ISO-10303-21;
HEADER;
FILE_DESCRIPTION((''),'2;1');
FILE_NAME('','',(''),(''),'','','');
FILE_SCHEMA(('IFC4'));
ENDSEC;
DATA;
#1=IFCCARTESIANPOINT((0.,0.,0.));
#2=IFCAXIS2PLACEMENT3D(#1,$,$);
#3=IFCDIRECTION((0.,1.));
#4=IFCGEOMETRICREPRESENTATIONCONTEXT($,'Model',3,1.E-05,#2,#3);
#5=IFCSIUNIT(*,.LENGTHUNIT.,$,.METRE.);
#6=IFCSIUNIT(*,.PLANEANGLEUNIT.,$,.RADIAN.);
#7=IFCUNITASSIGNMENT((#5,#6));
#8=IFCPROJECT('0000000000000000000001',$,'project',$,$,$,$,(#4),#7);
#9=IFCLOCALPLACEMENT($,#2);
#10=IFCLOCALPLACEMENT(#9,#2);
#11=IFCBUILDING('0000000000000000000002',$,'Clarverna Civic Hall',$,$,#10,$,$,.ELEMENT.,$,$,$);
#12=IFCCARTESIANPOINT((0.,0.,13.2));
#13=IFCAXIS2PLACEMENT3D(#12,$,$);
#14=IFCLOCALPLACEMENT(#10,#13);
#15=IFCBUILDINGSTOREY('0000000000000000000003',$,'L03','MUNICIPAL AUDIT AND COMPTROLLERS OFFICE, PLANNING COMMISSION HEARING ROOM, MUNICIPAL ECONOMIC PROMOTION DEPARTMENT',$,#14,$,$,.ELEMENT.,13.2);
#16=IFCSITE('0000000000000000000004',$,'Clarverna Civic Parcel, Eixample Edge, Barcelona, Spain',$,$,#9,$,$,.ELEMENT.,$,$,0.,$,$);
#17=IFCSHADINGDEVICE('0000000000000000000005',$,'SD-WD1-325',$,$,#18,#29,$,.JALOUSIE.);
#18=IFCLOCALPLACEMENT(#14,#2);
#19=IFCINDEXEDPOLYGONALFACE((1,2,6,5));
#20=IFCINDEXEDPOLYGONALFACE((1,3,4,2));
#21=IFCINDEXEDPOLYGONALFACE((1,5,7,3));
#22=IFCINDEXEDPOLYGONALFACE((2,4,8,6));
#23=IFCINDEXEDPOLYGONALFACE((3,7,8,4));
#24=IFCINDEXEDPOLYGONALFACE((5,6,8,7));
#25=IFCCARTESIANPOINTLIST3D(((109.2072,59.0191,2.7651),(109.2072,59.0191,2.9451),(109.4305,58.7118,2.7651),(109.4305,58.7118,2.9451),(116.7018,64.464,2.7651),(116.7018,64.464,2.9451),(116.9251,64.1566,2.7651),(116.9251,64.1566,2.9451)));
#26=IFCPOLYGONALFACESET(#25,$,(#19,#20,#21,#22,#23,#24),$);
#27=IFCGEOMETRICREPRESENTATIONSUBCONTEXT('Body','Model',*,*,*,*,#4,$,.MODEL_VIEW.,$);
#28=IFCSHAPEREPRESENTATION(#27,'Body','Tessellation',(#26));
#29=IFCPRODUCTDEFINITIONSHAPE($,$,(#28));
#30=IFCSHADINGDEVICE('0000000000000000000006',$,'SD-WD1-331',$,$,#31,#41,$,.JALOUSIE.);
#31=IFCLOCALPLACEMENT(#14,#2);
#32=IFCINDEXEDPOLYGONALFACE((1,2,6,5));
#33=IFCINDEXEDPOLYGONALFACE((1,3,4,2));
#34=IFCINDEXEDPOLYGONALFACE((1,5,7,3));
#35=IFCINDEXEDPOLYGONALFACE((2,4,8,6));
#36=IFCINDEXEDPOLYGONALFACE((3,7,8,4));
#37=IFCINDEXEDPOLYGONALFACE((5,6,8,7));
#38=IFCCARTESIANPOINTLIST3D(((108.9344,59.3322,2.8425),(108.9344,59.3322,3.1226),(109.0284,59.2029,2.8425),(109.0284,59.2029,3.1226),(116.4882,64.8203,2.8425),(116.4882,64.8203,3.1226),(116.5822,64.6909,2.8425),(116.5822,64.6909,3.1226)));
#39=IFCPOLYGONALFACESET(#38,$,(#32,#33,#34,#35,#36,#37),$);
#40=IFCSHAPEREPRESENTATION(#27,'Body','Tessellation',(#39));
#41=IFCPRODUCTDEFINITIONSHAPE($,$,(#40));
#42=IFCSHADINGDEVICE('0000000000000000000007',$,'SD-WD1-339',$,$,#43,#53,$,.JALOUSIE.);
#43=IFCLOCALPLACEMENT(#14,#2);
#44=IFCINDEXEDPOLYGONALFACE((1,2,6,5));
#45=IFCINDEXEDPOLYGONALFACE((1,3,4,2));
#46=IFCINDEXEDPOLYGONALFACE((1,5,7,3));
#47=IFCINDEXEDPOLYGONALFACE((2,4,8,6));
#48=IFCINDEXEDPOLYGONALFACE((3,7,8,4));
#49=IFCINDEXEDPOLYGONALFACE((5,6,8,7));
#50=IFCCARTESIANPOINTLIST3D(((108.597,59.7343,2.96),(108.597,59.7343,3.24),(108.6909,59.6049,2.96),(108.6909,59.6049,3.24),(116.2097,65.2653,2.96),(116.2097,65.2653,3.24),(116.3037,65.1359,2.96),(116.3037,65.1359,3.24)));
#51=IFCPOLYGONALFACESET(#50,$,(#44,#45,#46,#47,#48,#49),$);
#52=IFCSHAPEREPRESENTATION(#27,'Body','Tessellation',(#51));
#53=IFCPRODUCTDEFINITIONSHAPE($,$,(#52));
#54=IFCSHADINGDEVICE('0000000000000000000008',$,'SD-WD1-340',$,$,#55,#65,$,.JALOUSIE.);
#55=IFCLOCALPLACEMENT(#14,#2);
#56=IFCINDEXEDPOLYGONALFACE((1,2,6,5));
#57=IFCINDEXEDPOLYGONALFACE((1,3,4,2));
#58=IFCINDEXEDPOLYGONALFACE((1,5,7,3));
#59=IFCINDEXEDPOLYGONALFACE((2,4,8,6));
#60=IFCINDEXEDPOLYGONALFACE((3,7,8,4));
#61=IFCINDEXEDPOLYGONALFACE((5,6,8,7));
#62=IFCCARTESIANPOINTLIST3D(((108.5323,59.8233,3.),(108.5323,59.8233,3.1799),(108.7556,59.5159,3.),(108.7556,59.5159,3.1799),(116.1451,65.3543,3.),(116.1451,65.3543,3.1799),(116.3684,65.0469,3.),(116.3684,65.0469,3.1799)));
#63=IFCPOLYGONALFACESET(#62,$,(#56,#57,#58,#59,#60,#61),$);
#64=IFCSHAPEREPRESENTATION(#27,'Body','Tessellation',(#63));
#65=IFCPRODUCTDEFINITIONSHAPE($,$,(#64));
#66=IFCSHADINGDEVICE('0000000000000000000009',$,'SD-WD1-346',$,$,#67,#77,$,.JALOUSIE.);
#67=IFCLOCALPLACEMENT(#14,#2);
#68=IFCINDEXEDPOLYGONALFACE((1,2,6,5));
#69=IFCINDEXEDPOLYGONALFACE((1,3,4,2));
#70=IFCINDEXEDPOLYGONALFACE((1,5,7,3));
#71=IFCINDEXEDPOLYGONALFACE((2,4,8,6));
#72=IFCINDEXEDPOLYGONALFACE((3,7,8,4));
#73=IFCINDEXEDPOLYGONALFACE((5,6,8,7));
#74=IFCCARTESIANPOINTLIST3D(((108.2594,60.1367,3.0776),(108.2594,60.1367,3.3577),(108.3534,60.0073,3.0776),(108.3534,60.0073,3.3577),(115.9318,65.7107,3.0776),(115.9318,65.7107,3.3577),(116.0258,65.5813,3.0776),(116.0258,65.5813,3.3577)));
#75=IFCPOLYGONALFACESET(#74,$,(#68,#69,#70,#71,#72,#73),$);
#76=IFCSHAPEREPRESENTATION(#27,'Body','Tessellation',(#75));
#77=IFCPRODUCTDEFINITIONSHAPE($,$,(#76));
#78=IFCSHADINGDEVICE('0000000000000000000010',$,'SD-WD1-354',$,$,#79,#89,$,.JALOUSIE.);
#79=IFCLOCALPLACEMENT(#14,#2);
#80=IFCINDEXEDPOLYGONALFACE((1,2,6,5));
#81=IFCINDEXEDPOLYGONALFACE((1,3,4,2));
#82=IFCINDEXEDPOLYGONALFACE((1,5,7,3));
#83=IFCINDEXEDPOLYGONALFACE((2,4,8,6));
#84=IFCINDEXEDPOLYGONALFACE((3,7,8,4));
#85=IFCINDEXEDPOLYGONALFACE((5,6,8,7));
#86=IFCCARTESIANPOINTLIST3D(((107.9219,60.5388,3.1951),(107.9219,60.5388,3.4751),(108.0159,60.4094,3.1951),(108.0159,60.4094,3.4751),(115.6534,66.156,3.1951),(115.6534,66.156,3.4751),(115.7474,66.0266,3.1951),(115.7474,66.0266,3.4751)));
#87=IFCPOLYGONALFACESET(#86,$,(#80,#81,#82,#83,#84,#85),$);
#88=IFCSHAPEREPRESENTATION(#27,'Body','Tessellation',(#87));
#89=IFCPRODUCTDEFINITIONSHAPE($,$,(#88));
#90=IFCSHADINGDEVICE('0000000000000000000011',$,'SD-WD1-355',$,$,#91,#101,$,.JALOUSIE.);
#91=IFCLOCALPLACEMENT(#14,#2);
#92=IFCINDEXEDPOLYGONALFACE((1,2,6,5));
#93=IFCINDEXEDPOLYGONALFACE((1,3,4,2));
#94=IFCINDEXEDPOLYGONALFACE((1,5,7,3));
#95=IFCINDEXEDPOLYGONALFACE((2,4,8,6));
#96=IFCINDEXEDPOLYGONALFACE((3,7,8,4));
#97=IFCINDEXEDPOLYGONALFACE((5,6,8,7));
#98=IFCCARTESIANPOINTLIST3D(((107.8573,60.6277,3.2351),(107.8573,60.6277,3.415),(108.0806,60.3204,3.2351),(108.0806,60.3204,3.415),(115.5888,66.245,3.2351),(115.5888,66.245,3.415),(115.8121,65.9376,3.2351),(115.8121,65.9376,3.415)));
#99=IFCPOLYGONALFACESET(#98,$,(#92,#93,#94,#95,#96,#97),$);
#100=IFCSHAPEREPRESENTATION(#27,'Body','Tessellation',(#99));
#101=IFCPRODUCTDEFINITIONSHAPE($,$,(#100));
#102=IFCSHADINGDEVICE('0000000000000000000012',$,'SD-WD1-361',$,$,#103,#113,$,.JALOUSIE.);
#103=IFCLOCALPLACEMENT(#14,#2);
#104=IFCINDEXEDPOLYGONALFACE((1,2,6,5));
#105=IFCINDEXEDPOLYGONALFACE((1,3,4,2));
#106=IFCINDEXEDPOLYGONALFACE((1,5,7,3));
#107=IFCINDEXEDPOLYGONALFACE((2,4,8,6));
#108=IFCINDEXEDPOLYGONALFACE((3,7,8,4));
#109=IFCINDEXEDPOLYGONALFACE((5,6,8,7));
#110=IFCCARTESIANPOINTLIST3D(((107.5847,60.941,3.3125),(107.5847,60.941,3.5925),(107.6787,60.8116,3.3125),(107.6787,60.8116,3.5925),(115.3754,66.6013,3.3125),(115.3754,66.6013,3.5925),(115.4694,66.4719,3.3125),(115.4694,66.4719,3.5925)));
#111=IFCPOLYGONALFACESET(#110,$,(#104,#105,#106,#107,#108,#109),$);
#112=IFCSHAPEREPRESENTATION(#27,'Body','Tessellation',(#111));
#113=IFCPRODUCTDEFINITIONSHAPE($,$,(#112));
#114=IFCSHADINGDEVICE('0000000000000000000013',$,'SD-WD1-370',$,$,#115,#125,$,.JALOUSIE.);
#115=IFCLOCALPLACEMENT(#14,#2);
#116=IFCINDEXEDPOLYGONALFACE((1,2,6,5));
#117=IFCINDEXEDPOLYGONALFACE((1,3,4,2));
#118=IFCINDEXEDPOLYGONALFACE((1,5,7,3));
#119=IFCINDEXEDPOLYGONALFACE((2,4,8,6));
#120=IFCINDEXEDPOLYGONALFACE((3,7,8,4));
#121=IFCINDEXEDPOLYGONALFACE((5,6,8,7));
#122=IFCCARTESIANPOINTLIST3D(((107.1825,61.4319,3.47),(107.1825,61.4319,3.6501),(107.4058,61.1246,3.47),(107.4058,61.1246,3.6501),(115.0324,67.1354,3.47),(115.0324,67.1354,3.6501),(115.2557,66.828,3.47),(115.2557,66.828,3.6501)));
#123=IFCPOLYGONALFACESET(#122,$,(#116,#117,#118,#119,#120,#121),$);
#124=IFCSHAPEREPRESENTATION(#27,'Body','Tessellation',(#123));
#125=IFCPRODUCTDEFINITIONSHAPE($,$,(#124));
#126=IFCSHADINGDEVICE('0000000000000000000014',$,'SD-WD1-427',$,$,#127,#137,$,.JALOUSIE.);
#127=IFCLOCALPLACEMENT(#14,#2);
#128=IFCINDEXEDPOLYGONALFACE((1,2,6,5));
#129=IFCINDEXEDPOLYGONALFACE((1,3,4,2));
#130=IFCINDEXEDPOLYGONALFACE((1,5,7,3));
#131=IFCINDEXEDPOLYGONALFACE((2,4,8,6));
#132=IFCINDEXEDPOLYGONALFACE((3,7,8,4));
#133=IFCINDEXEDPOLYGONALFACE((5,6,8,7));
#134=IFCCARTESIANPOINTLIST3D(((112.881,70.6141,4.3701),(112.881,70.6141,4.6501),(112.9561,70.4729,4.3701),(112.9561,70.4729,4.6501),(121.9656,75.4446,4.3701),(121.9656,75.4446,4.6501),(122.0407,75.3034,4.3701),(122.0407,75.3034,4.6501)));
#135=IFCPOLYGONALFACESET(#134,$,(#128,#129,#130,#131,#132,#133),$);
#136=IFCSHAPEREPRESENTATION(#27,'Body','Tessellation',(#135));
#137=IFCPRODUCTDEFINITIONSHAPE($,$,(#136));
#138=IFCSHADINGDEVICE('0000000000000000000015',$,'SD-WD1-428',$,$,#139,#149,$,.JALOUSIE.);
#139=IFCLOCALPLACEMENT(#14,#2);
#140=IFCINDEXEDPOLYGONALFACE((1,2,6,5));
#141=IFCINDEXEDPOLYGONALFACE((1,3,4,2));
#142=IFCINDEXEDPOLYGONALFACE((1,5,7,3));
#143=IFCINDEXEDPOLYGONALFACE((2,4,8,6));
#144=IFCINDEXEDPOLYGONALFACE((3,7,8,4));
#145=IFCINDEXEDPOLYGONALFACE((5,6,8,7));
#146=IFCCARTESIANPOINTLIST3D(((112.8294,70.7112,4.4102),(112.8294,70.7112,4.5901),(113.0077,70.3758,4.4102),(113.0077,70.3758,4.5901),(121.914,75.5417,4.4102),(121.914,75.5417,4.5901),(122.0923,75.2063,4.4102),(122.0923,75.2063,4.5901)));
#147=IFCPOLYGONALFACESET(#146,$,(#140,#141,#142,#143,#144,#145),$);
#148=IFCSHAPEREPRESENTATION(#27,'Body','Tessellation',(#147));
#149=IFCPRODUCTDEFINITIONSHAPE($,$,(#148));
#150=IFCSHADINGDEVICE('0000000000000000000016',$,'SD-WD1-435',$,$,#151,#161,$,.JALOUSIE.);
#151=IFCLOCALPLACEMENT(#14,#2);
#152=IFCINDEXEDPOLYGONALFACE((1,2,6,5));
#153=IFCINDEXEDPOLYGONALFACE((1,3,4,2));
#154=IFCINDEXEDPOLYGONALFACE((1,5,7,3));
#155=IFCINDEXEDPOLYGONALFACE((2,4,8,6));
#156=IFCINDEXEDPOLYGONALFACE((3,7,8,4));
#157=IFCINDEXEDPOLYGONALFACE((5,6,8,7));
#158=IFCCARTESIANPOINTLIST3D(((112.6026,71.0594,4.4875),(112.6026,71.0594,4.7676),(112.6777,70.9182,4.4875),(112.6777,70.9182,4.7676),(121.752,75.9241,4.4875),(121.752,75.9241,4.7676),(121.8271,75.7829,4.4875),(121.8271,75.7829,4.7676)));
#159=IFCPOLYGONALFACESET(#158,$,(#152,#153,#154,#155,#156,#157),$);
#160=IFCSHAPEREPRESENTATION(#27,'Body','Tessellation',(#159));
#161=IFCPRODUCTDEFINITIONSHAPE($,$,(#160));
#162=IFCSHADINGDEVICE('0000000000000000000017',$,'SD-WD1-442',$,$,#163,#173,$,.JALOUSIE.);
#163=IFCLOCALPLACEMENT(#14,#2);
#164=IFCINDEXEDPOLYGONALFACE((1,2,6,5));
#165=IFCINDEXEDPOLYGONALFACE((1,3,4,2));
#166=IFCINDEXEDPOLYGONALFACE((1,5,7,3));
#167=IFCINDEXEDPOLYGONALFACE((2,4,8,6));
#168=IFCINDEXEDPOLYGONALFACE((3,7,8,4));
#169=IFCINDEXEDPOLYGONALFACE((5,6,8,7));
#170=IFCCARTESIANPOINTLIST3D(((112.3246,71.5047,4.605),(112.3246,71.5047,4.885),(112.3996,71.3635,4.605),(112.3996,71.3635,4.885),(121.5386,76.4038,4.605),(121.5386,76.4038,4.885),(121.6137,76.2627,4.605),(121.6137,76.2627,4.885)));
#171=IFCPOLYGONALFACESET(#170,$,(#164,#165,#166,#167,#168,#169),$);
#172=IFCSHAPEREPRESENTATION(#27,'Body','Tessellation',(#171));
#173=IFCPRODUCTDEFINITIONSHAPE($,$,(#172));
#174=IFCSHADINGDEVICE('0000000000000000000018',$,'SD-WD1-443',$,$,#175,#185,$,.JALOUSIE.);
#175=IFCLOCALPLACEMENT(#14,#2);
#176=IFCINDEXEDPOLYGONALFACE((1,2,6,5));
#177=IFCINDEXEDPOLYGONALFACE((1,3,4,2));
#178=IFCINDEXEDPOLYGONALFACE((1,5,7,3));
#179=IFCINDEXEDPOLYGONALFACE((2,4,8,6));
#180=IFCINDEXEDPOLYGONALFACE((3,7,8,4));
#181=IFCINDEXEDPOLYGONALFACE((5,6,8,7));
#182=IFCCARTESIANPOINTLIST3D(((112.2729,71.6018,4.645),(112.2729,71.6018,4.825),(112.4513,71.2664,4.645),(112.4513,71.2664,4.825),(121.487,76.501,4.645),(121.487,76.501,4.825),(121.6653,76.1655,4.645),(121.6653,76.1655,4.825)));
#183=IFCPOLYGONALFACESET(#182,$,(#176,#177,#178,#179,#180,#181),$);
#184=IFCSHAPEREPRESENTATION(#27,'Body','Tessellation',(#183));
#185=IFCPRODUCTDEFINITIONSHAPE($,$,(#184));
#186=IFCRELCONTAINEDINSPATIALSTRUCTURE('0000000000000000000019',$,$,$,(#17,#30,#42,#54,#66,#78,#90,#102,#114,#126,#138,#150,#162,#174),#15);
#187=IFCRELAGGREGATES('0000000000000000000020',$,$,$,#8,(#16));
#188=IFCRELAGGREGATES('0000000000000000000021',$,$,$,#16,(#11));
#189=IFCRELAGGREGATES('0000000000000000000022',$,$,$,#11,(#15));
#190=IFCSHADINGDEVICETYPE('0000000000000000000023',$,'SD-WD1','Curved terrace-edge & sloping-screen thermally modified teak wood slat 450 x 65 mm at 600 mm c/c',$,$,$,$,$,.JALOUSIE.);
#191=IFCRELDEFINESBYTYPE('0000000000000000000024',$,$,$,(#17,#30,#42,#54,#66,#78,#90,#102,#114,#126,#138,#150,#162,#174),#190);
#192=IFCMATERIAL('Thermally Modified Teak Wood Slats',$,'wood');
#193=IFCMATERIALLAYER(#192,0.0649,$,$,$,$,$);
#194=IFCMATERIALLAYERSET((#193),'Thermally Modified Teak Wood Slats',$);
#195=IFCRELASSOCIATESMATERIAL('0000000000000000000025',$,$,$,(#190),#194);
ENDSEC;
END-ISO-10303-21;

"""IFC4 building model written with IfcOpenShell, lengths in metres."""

from ifc_helpers import new_model, si_unit, direction, frame, frame_2d, origin, place, context, subcontext, project, spatial, rectangle, extrude, material, layer, layer_set, type_object, element, save


model = new_model("IFC4")

# Units and contexts
model_context = context("Model", 3, precision=1e-05, world=origin(), true_north=direction((0.0, 1.0)))
body_context = subcontext(model_context, "Body", "Model", "MODEL_VIEW")
ifc_project = project(units=[si_unit("LENGTHUNIT", "METRE"), si_unit("PLANEANGLEUNIT", "RADIAN")], contexts=[model_context])

# Site, building, storey
site_placement = place(None, origin())
site = spatial("IfcSite", under=ifc_project, at=site_placement, Name="Clarverna Civic Parcel, Eixample Edge, Barcelona, Spain", CompositionType="ELEMENT", RefElevation=0.0)
building_placement = place(site_placement, origin())
building = spatial("IfcBuilding", under=site, at=building_placement, Name="Clarverna Civic Hall", CompositionType="ELEMENT")
storey_placement = place(building_placement, frame((0.0, 0.0, 13.2)))
storey = spatial("IfcBuildingStorey", under=building, at=storey_placement, Name="L03", Description="MUNICIPAL AUDIT AND COMPTROLLERS OFFICE, PLANNING COMMISSION HEARING ROOM, MUNICIPAL ECONOMIC PROMOTION DEPARTMENT", CompositionType="ELEMENT", Elevation=13.2)

# Shading devices
ifc_material_1 = material(Name="Thermally Modified Teak Wood Slats", Category="wood")
ifc_layer_1 = layer(ifc_material_1, 0.0649)
ifc_layer_set_1 = layer_set([ifc_layer_1], Name="Thermally Modified Teak Wood Slats")
shading_device_type = type_object("IfcShadingDeviceType", Name="SD-WD1", Description="Curved terrace-edge & sloping-screen thermally modified teak wood slat 450 x 65 mm at 600 mm c/c", PredefinedType="JALOUSIE", material=ifc_layer_set_1)
shading_device_1_placement = place(storey_placement, frame((116.8135, 64.3103, 2.7651), z_axis=(0.0, 0.0, 1.0), x_axis=(-0.809035, -0.587761, 0.0)))
element("IfcShadingDevice", 1, at=shading_device_1_placement, inside=storey, type_object=shading_device_type, Name="SD-WD1-325", PredefinedType="JALOUSIE", context=body_context, shape_type="SweptSolid", body=[
    extrude(rectangle(XDim=9.2637, YDim=0.3799, at=frame_2d((4.6318, 0.0))), origin(), (0.0, 0.0, 1.0), 0.1799),
])
shading_device_2_placement = place(storey_placement, frame((116.5352, 64.7556, 2.8425), z_axis=(0.0, 0.0, 1.0), x_axis=(-0.80902, -0.587781, 0.0)))
element("IfcShadingDevice", 2, at=shading_device_2_placement, inside=storey, type_object=shading_device_type, Name="SD-WD1-331", PredefinedType="JALOUSIE", context=body_context, shape_type="SweptSolid", body=[
    extrude(rectangle(XDim=9.3369, YDim=0.1599, at=frame_2d((4.6685, 0.0))), origin(), (0.0, 0.0, 1.0), 0.28),
])
shading_device_3_placement = place(storey_placement, frame((116.2568, 65.2007, 2.96), z_axis=(0.0, 0.0, 1.0), x_axis=(-0.809018, -0.587784, 0.0)))
element("IfcShadingDevice", 3, at=shading_device_3_placement, inside=storey, type_object=shading_device_type, Name="SD-WD1-339", PredefinedType="JALOUSIE", context=body_context, shape_type="SweptSolid", body=[
    extrude(rectangle(XDim=9.4099, YDim=0.1599, at=frame_2d((4.7051, 0.0))), origin(), (0.0, 0.0, 1.0), 0.28),
])
shading_device_4_placement = place(storey_placement, frame((116.2568, 65.2007, 3.0), z_axis=(0.0, 0.0, 1.0), x_axis=(-0.809018, -0.587784, 0.0)))
element("IfcShadingDevice", 4, at=shading_device_4_placement, inside=storey, type_object=shading_device_type, Name="SD-WD1-340", PredefinedType="JALOUSIE", context=body_context, shape_type="SweptSolid", body=[
    extrude(rectangle(XDim=9.4099, YDim=0.3799, at=frame_2d((4.7051, 0.0))), origin(), (0.0, 0.0, 1.0), 0.1799),
])
shading_device_5_placement = place(storey_placement, frame((115.9788, 65.646, 3.0776), z_axis=(0.0, 0.0, 1.0), x_axis=(-0.809033, -0.587763, 0.0)))
element("IfcShadingDevice", 5, at=shading_device_5_placement, inside=storey, type_object=shading_device_type, Name="SD-WD1-346", PredefinedType="JALOUSIE", context=body_context, shape_type="SweptSolid", body=[
    extrude(rectangle(XDim=9.4834, YDim=0.1599, at=frame_2d((4.7417, 0.0))), origin(), (0.0, 0.0, 1.0), 0.28),
])
shading_device_6_placement = place(storey_placement, frame((115.7004, 66.0913, 3.1951), z_axis=(0.0, 0.0, 1.0), x_axis=(-0.809019, -0.587783, 0.0)))
element("IfcShadingDevice", 6, at=shading_device_6_placement, inside=storey, type_object=shading_device_type, Name="SD-WD1-354", PredefinedType="JALOUSIE", context=body_context, shape_type="SweptSolid", body=[
    extrude(rectangle(XDim=9.5566, YDim=0.1599, at=frame_2d((4.7783, 0.0))), origin(), (0.0, 0.0, 1.0), 0.28),
])
shading_device_7_placement = place(storey_placement, frame((115.7004, 66.0913, 3.2351), z_axis=(0.0, 0.0, 1.0), x_axis=(-0.809019, -0.587783, 0.0)))
element("IfcShadingDevice", 7, at=shading_device_7_placement, inside=storey, type_object=shading_device_type, Name="SD-WD1-355", PredefinedType="JALOUSIE", context=body_context, shape_type="SweptSolid", body=[
    extrude(rectangle(XDim=9.5566, YDim=0.3799, at=frame_2d((4.7783, 0.0))), origin(), (0.0, 0.0, 1.0), 0.1799),
])
shading_device_8_placement = place(storey_placement, frame((115.4224, 66.5366, 3.3125), z_axis=(0.0, 0.0, 1.0), x_axis=(-0.809013, -0.58779, 0.0)))
element("IfcShadingDevice", 8, at=shading_device_8_placement, inside=storey, type_object=shading_device_type, Name="SD-WD1-361", PredefinedType="JALOUSIE", context=body_context, shape_type="SweptSolid", body=[
    extrude(rectangle(XDim=9.6299, YDim=0.1599, at=frame_2d((4.8149, 0.0))), origin(), (0.0, 0.0, 1.0), 0.28),
])
shading_device_9_placement = place(storey_placement, frame((115.144, 66.9817, 3.47), z_axis=(0.0, 0.0, 1.0), x_axis=(-0.809011, -0.587793, 0.0)))
element("IfcShadingDevice", 9, at=shading_device_9_placement, inside=storey, type_object=shading_device_type, Name="SD-WD1-370", PredefinedType="JALOUSIE", context=body_context, shape_type="SweptSolid", body=[
    extrude(rectangle(XDim=9.7031, YDim=0.3799, at=frame_2d((4.8516, 0.0))), origin(), (0.0, 0.0, 1.0), 0.1802),
])
shading_device_10_placement = place(storey_placement, frame((122.0032, 75.374, 4.3701), z_axis=(0.0, 0.0, 1.0), x_axis=(-0.882942, -0.469482, 0.0)))
element("IfcShadingDevice", 10, at=shading_device_10_placement, inside=storey, type_object=shading_device_type, Name="SD-WD1-427", PredefinedType="JALOUSIE", context=body_context, shape_type="SweptSolid", body=[
    extrude(rectangle(XDim=10.2891, YDim=0.1599, at=frame_2d((5.1445, 0.0))), origin(), (0.0, 0.0, 1.0), 0.28),
])
shading_device_11_placement = place(storey_placement, frame((122.0032, 75.374, 4.4102), z_axis=(0.0, 0.0, 1.0), x_axis=(-0.882942, -0.469482, 0.0)))
element("IfcShadingDevice", 11, at=shading_device_11_placement, inside=storey, type_object=shading_device_type, Name="SD-WD1-428", PredefinedType="JALOUSIE", context=body_context, shape_type="SweptSolid", body=[
    extrude(rectangle(XDim=10.2891, YDim=0.3799, at=frame_2d((5.1445, 0.0))), origin(), (0.0, 0.0, 1.0), 0.1799),
])
shading_device_12_placement = place(storey_placement, frame((121.7896, 75.8535, 4.4875), z_axis=(0.0, 0.0, 1.0), x_axis=(-0.882951, -0.469465, 0.0)))
element("IfcShadingDevice", 12, at=shading_device_12_placement, inside=storey, type_object=shading_device_type, Name="SD-WD1-435", PredefinedType="JALOUSIE", context=body_context, shape_type="SweptSolid", body=[
    extrude(rectangle(XDim=10.3623, YDim=0.1599, at=frame_2d((5.1812, 0.0))), origin(), (0.0, 0.0, 1.0), 0.28),
])
shading_device_13_placement = place(storey_placement, frame((121.5762, 76.3333, 4.605), z_axis=(0.0, 0.0, 1.0), x_axis=(-0.88295, -0.469467, 0.0)))
element("IfcShadingDevice", 13, at=shading_device_13_placement, inside=storey, type_object=shading_device_type, Name="SD-WD1-442", PredefinedType="JALOUSIE", context=body_context, shape_type="SweptSolid", body=[
    extrude(rectangle(XDim=10.4355, YDim=0.1599, at=frame_2d((5.2178, 0.0))), origin(), (0.0, 0.0, 1.0), 0.28),
])
shading_device_14_placement = place(storey_placement, frame((121.5762, 76.3333, 4.645), z_axis=(0.0, 0.0, 1.0), x_axis=(-0.88295, -0.469467, 0.0)))
element("IfcShadingDevice", 14, at=shading_device_14_placement, inside=storey, type_object=shading_device_type, Name="SD-WD1-443", PredefinedType="JALOUSIE", context=body_context, shape_type="SweptSolid", body=[
    extrude(rectangle(XDim=10.4355, YDim=0.3799, at=frame_2d((5.2178, 0.0))), origin(), (0.0, 0.0, 1.0), 0.1799),
])

save(model, "model.ifc")
